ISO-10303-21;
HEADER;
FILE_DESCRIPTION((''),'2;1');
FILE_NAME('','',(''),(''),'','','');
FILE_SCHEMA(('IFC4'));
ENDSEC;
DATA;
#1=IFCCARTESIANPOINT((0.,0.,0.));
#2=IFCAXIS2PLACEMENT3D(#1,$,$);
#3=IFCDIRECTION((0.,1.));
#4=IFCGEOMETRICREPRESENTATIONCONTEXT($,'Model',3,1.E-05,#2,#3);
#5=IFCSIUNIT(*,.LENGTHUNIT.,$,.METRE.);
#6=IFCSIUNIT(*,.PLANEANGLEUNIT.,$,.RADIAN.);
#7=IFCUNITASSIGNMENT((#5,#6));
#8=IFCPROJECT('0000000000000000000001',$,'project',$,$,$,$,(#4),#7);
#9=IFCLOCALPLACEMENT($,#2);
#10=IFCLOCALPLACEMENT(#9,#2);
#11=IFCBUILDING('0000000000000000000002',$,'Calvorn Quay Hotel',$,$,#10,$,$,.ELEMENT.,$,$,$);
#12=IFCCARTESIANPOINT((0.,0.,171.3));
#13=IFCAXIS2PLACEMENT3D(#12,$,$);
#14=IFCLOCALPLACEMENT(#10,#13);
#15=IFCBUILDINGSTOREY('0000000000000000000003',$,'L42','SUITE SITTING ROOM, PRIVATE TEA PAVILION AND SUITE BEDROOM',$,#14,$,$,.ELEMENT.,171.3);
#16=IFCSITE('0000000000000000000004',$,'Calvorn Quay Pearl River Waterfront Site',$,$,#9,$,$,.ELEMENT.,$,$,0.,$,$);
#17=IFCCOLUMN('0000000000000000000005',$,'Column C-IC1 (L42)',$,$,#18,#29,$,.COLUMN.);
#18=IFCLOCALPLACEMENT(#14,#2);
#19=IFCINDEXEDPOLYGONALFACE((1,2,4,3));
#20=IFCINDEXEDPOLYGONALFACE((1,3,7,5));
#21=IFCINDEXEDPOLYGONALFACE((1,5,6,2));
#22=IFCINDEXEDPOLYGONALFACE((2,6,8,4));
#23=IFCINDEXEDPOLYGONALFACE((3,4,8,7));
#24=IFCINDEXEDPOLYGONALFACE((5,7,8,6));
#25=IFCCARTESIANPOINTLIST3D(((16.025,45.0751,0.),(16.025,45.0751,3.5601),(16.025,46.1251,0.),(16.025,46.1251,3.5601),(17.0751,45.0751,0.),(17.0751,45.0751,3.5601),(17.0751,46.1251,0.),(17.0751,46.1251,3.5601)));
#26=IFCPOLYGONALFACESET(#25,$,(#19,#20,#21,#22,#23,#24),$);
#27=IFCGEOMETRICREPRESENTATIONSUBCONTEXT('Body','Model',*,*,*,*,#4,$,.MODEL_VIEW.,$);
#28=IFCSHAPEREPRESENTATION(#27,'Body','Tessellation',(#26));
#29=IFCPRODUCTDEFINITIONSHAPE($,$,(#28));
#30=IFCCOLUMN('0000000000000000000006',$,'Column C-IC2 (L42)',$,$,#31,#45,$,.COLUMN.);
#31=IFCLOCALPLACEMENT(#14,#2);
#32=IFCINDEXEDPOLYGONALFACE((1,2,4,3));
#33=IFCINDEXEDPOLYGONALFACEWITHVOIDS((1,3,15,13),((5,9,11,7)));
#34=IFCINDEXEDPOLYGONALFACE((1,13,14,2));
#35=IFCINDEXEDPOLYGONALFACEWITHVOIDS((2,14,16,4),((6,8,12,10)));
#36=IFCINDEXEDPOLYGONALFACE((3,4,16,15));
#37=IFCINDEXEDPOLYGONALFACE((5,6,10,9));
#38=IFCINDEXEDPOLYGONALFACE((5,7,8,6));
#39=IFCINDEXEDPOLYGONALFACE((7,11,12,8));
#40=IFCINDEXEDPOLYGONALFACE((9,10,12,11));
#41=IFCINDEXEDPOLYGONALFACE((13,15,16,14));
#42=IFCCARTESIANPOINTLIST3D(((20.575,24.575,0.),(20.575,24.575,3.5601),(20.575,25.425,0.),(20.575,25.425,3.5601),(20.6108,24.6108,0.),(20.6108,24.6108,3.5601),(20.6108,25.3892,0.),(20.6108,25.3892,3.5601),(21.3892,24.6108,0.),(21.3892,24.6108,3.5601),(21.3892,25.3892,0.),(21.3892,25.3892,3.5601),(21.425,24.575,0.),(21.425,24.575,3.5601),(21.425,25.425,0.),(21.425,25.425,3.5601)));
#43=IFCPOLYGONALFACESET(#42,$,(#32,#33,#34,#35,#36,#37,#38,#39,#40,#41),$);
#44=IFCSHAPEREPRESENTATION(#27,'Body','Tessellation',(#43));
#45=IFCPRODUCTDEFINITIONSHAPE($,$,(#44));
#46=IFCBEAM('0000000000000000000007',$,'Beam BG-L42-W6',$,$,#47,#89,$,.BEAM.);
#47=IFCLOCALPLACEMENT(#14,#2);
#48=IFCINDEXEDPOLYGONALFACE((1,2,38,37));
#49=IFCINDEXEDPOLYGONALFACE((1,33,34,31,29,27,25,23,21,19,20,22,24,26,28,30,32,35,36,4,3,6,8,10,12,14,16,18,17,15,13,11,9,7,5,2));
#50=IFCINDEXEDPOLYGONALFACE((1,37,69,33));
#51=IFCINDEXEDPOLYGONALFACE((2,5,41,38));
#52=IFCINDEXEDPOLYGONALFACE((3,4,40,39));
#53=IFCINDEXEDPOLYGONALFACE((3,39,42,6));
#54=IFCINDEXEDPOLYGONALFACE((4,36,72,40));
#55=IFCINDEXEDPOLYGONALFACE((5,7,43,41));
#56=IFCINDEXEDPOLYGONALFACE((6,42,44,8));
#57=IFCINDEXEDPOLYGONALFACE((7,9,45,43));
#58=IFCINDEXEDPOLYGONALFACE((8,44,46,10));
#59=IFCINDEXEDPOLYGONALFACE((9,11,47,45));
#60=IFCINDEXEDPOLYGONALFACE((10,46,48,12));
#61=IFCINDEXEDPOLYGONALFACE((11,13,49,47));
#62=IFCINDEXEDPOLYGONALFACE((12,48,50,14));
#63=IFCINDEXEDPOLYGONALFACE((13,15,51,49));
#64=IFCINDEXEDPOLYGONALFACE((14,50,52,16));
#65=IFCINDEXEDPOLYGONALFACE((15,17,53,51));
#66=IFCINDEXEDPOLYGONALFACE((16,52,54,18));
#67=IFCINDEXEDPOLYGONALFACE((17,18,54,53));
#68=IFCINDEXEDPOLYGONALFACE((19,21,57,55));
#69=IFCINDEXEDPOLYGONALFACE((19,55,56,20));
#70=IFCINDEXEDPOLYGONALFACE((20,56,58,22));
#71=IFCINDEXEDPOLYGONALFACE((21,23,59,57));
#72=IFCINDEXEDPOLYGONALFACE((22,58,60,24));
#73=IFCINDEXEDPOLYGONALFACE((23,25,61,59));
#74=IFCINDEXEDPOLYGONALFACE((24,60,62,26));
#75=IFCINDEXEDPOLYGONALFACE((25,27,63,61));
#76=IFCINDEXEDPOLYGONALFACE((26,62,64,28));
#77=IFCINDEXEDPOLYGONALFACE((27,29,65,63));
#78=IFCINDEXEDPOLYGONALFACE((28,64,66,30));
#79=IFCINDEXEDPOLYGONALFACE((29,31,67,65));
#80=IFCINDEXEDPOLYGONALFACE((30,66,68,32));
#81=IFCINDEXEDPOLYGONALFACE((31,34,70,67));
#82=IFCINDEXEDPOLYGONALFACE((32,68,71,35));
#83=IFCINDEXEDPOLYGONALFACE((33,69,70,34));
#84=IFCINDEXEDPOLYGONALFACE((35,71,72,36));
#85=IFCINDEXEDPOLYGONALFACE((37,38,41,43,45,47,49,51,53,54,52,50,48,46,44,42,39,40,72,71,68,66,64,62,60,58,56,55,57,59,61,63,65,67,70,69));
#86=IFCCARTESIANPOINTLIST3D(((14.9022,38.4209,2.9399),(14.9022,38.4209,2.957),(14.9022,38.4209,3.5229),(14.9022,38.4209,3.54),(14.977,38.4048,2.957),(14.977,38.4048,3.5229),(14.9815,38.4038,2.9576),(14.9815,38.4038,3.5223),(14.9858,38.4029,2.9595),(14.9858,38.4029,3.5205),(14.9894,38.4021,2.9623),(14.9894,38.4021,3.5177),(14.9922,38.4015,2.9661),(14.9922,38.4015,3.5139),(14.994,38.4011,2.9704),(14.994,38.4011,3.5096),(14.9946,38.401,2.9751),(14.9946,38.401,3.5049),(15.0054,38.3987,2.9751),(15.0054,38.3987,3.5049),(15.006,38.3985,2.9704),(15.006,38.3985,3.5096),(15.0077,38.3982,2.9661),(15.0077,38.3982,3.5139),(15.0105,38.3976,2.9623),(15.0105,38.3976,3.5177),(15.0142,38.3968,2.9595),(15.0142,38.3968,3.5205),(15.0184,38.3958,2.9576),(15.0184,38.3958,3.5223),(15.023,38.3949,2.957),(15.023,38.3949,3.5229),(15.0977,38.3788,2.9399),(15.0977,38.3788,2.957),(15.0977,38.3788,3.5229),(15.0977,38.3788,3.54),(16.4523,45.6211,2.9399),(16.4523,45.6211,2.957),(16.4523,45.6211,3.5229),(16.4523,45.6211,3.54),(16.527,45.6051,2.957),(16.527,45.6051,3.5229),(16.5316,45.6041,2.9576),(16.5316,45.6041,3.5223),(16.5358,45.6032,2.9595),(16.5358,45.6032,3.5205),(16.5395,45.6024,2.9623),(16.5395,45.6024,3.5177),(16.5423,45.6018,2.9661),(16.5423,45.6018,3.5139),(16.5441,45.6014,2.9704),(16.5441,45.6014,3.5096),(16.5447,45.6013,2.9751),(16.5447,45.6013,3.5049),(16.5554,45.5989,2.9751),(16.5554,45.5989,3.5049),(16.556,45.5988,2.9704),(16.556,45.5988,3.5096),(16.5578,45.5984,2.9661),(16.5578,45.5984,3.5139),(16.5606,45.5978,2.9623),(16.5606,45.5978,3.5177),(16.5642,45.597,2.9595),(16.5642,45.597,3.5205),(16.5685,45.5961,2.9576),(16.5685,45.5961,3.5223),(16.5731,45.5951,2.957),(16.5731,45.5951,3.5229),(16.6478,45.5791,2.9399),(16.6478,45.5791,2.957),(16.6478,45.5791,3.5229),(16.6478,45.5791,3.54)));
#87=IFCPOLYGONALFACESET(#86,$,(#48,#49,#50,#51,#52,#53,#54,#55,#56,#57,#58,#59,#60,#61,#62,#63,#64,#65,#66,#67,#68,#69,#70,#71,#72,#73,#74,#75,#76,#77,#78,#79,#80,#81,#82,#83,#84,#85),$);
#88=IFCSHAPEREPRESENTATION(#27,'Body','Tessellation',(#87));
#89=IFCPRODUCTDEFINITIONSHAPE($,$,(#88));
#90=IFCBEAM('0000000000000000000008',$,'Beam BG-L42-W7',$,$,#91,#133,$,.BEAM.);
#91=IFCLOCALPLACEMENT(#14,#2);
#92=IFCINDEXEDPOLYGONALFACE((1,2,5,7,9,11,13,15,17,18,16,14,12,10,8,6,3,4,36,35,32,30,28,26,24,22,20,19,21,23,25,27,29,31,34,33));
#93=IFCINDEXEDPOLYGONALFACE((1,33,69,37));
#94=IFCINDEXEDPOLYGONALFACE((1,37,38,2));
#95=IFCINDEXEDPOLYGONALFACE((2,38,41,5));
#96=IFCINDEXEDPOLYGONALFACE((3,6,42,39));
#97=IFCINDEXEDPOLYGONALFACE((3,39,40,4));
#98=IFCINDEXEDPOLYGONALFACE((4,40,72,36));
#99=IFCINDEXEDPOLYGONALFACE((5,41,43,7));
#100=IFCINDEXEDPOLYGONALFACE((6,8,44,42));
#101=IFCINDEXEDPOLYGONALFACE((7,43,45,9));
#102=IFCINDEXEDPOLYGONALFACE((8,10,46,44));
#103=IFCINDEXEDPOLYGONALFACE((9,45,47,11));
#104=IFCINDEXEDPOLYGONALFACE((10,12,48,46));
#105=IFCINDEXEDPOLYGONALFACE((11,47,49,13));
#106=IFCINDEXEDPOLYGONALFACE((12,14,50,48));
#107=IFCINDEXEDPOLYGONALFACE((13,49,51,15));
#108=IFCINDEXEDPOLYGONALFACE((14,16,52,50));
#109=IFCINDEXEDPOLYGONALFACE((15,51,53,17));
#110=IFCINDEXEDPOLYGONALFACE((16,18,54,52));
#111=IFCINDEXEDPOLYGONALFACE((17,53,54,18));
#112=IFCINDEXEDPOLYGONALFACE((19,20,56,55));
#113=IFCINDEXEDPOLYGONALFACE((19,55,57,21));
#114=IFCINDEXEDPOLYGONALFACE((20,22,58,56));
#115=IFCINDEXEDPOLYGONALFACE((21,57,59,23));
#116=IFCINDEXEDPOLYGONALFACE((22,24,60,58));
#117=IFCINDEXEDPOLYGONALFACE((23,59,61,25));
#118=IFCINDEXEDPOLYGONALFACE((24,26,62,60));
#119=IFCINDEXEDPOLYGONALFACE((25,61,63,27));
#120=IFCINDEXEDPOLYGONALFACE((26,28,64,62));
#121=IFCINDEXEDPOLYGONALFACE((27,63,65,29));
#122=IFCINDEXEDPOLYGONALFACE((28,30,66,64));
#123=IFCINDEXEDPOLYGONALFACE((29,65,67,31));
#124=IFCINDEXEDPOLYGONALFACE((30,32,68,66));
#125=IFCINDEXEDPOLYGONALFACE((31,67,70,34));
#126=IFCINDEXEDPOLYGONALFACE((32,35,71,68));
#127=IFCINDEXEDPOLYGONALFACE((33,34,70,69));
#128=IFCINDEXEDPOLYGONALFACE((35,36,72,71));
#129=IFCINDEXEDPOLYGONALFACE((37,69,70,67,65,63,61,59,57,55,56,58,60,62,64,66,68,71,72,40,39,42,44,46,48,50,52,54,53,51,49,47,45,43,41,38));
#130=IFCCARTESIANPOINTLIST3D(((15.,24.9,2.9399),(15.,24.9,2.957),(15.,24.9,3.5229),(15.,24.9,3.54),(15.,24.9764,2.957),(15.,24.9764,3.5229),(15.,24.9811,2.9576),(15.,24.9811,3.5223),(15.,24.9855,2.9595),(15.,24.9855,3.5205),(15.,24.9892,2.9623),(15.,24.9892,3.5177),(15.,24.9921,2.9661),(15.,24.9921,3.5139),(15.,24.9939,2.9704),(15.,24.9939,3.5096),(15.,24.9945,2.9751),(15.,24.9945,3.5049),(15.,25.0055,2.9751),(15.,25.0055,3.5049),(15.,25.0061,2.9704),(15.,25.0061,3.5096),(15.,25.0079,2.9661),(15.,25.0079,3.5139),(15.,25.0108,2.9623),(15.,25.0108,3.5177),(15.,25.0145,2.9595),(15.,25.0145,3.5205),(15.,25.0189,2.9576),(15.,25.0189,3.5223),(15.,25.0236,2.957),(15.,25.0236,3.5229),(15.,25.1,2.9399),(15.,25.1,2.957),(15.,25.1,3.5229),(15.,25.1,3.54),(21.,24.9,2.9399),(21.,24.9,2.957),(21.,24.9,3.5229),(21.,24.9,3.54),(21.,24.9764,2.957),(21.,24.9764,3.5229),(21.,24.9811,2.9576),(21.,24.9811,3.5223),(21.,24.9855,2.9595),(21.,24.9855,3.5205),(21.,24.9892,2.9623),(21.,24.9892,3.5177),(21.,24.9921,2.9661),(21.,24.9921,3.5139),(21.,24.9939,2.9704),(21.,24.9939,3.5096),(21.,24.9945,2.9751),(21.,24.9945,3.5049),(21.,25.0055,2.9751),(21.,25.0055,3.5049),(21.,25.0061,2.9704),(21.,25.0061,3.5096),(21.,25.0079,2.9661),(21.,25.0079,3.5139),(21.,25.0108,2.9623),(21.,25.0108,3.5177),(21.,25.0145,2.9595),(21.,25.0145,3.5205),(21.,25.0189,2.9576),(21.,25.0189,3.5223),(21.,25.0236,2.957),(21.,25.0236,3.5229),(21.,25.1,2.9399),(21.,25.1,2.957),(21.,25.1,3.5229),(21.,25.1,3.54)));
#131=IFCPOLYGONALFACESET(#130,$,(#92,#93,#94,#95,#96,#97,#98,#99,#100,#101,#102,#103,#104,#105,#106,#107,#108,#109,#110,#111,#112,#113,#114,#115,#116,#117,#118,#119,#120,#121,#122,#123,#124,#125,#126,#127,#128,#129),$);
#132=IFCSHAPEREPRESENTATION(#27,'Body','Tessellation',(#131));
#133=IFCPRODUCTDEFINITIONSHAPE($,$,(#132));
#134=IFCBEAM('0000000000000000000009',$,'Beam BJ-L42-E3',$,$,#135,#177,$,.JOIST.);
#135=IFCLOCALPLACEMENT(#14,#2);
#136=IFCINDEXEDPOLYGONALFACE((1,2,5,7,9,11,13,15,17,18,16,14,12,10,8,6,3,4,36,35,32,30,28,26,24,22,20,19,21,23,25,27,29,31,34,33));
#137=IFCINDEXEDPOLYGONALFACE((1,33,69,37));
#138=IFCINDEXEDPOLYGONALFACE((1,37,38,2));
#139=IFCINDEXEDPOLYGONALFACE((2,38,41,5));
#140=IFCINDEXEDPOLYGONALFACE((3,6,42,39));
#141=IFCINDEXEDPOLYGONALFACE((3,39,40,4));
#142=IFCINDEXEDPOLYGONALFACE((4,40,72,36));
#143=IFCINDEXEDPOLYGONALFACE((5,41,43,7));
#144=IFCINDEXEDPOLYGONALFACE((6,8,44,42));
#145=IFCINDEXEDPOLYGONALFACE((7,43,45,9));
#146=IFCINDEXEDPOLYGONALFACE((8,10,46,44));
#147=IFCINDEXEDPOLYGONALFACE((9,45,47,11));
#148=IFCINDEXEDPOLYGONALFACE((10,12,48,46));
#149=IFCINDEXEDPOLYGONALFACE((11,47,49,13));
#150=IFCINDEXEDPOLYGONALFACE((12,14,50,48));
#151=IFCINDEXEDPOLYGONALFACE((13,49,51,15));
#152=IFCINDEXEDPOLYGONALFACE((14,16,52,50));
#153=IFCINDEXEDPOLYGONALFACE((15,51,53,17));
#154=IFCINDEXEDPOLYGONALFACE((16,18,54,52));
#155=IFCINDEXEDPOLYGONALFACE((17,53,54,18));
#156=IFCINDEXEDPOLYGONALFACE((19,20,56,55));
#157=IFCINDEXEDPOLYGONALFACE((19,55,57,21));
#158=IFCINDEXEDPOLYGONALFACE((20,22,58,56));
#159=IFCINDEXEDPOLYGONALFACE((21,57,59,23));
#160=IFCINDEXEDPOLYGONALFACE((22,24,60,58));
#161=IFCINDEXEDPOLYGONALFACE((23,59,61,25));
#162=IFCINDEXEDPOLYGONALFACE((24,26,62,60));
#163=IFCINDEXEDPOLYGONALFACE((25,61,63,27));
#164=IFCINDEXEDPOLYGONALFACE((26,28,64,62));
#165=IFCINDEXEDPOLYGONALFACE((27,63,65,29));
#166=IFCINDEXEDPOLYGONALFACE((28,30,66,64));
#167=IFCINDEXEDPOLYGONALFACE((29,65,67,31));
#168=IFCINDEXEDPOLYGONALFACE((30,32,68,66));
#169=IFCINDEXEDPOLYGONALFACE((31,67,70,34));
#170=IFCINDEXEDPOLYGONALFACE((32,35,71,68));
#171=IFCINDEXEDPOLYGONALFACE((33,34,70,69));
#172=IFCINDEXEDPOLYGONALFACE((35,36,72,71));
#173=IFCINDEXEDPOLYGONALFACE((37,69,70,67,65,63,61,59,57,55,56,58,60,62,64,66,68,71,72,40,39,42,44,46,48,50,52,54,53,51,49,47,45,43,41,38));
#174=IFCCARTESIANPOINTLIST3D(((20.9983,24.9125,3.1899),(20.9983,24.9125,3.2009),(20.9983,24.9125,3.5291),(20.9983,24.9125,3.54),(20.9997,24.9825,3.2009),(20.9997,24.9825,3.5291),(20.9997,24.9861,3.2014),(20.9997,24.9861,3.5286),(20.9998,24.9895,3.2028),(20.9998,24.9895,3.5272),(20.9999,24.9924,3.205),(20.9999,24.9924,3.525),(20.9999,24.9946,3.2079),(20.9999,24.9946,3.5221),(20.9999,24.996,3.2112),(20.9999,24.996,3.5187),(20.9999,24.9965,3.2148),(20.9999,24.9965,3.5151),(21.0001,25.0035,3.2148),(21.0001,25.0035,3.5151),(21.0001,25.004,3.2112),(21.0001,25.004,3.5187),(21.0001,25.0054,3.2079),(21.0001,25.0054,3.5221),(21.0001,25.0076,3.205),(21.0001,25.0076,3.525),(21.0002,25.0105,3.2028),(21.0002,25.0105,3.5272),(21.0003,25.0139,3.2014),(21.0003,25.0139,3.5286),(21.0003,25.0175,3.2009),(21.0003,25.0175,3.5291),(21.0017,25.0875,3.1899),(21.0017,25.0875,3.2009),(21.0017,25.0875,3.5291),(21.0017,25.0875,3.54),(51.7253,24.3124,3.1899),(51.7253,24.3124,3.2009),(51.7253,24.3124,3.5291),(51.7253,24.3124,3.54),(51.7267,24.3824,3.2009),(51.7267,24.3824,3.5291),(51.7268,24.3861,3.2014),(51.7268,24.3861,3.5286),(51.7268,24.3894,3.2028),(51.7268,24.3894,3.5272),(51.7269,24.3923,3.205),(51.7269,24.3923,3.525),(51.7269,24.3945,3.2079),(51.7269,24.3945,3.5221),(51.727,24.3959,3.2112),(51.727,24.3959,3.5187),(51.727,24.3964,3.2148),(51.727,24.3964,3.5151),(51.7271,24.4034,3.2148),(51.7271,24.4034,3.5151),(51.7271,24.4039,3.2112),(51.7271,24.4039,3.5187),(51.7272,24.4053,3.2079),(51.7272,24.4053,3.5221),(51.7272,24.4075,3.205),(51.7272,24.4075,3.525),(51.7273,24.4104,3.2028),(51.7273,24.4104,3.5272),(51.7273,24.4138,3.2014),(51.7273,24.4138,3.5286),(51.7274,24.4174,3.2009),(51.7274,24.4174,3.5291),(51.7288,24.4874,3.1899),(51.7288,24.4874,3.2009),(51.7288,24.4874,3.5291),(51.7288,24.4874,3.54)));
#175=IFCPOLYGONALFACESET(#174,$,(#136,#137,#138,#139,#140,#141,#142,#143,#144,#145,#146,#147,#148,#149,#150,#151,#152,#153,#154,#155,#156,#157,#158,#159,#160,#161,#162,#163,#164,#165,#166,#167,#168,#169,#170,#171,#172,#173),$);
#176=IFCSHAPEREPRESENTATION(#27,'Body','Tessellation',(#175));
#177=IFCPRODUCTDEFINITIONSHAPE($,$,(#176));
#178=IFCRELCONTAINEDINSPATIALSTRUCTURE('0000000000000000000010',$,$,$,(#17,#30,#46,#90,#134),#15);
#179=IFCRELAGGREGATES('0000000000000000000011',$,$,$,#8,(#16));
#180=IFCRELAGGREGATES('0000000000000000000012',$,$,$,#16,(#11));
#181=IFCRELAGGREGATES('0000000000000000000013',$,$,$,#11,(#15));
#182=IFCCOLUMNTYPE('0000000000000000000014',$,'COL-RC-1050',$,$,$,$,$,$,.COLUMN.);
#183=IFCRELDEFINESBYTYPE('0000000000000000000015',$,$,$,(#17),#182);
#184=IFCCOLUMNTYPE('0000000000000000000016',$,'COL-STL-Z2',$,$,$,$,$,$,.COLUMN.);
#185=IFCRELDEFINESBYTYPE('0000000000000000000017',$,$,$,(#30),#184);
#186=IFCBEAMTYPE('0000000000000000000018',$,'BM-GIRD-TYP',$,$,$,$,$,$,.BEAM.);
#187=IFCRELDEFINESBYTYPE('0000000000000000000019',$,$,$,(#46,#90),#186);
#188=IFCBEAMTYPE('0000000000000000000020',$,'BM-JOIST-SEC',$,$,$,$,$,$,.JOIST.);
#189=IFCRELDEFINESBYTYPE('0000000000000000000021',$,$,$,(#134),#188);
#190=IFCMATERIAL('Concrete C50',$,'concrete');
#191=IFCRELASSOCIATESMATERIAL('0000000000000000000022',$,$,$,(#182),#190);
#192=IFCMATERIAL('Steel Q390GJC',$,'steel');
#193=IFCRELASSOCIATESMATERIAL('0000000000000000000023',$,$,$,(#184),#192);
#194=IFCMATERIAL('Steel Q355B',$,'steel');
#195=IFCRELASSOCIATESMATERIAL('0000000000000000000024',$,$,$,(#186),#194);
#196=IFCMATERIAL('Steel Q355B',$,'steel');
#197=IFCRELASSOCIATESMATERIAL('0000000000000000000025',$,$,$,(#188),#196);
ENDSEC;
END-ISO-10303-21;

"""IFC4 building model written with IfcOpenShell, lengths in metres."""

from ifc_helpers import new_model, si_unit, direction, frame, origin, origin_2d, place, context, subcontext, project, spatial, rectangle, hollow_rectangle, i_section, extrude, material, material_profile, profile_set, type_object, element, save


model = new_model("IFC4")

# Units and contexts
model_context = context("Model", 3, precision=1e-05, world=origin(), true_north=direction((0.0, 1.0)))
body_context = subcontext(model_context, "Body", "Model", "MODEL_VIEW")
ifc_project = project(units=[si_unit("LENGTHUNIT", "METRE"), si_unit("PLANEANGLEUNIT", "RADIAN")], contexts=[model_context])

# Site, building, storey
site_placement = place(None, origin())
site = spatial("IfcSite", under=ifc_project, at=site_placement, Name="Calvorn Quay Pearl River Waterfront Site", CompositionType="ELEMENT", RefElevation=0.0)
building_placement = place(site_placement, origin())
building = spatial("IfcBuilding", under=site, at=building_placement, Name="Calvorn Quay Hotel", CompositionType="ELEMENT")
storey_placement = place(building_placement, frame((0.0, 0.0, 171.3)))
storey = spatial("IfcBuildingStorey", under=building, at=storey_placement, Name="L42", Description="SUITE SITTING ROOM, PRIVATE TEA PAVILION AND SUITE BEDROOM", CompositionType="ELEMENT", Elevation=171.3)

# Columns
ifc_material_1 = material(Name="Concrete C50", Category="concrete")
ifc_material_profile_1 = material_profile(ifc_material_1, rectangle(XDim=1.05, YDim=1.05, at=origin_2d()), Name="RC1050x1050")
ifc_profile_set_1 = profile_set([ifc_material_profile_1], Name="Concrete C50")
column_type_1 = type_object("IfcColumnType", Name="COL-RC-1050", PredefinedType="COLUMN", material=ifc_profile_set_1)
column_1_placement = place(storey_placement, frame((16.55, 45.6001, 0.0), z_axis=(0.0, 0.0, 1.0), x_axis=(1.0, 0.0, 0.0)))
element("IfcColumn", 1, at=column_1_placement, inside=storey, type_object=column_type_1, Name="Column C-IC1 (L42)", PredefinedType="COLUMN", context=body_context, shape_type="SweptSolid", body=[
    extrude(rectangle(XDim=1.05, YDim=1.05, at=origin_2d()), origin(), (0.0, 0.0, 1.0), 3.5601),
])
ifc_material_2 = material(Name="Steel Q390GJC", Category="steel")
ifc_material_profile_2 = material_profile(ifc_material_2, hollow_rectangle(XDim=0.8501, YDim=0.8501, WallThickness=0.0359, at=origin_2d()), Name="BOX850x850x36")
ifc_profile_set_2 = profile_set([ifc_material_profile_2], Name="Steel Q390GJC")
column_type_2 = type_object("IfcColumnType", Name="COL-STL-Z2", PredefinedType="COLUMN", material=ifc_profile_set_2)
column_2_placement = place(storey_placement, frame((21.0, 25.0, 0.0), z_axis=(0.0, 0.0, 1.0), x_axis=(1.0, 0.0, 0.0)))
element("IfcColumn", 2, at=column_2_placement, inside=storey, type_object=column_type_2, Name="Column C-IC2 (L42)", PredefinedType="COLUMN", context=body_context, shape_type="SweptSolid", body=[
    extrude(hollow_rectangle(XDim=0.8501, YDim=0.8501, WallThickness=0.0359, at=origin_2d()), origin(), (0.0, 0.0, 1.0), 3.5601),
])

# Beams
ifc_material_3 = material(Name="Steel Q355B", Category="steel")
ifc_material_profile_3 = material_profile(ifc_material_3, i_section(OverallWidth=0.2, OverallDepth=0.6001, WebThickness=0.011, FlangeThickness=0.0171, FilletRadius=0.0181, at=origin_2d()), Name="HN600x200x11x17")
ifc_profile_set_3 = profile_set([ifc_material_profile_3], Name="Steel Q355B")
beam_type_1 = type_object("IfcBeamType", Name="BM-GIRD-TYP", PredefinedType="BEAM", material=ifc_profile_set_3)
beam_1_placement = place(storey_placement, frame((16.55, 45.6001, 3.24), z_axis=(-0.210457, -0.977603, 0.0), x_axis=(0.977603, -0.210457, 0.0)))
element("IfcBeam", 3, at=beam_1_placement, inside=storey, type_object=beam_type_1, Name="Beam BG-L42-W6", PredefinedType="BEAM", context=body_context, shape_type="SweptSolid", body=[
    extrude(i_section(OverallWidth=0.2, OverallDepth=0.6001, WebThickness=0.011, FlangeThickness=0.0171, FilletRadius=0.0181, at=origin_2d()), origin(), (0.0, 0.0, 1.0), 7.3652),
])
beam_2_placement = place(storey_placement, frame((21.0, 25.0, 3.24), z_axis=(-1.0, 0.0, 0.0), x_axis=(0.0, -1.0, 0.0)))
element("IfcBeam", 4, at=beam_2_placement, inside=storey, type_object=beam_type_1, Name="Beam BG-L42-W7", PredefinedType="BEAM", context=body_context, shape_type="SweptSolid", body=[
    extrude(i_section(OverallWidth=0.2, OverallDepth=0.6001, WebThickness=0.011, FlangeThickness=0.0171, FilletRadius=0.0181, at=origin_2d()), origin(), (0.0, 0.0, 1.0), 6.0),
])
ifc_material_4 = material(Name="Steel Q355B", Category="steel")
ifc_material_profile_4 = material_profile(ifc_material_4, i_section(OverallWidth=0.175, OverallDepth=0.3501, WebThickness=0.0071, FlangeThickness=0.011, FilletRadius=0.0139, at=origin_2d()), Name="HN350x175x7x11")
ifc_profile_set_4 = profile_set([ifc_material_profile_4], Name="Steel Q355B")
beam_type_2 = type_object("IfcBeamType", Name="BM-JOIST-SEC", PredefinedType="JOIST", material=ifc_profile_set_4)
beam_3_placement = place(storey_placement, frame((21.0, 25.0, 3.365), z_axis=(0.999809, -0.019526, 0.0), x_axis=(0.019526, 0.999809, 0.0)))
element("IfcBeam", 5, at=beam_3_placement, inside=storey, type_object=beam_type_2, Name="Beam BJ-L42-E3", PredefinedType="JOIST", context=body_context, shape_type="SweptSolid", body=[
    extrude(i_section(OverallWidth=0.175, OverallDepth=0.3501, WebThickness=0.0071, FlangeThickness=0.011, FilletRadius=0.0139, at=origin_2d()), origin(), (0.0, 0.0, 1.0), 30.7329),
])

save(model, "model.ifc")
